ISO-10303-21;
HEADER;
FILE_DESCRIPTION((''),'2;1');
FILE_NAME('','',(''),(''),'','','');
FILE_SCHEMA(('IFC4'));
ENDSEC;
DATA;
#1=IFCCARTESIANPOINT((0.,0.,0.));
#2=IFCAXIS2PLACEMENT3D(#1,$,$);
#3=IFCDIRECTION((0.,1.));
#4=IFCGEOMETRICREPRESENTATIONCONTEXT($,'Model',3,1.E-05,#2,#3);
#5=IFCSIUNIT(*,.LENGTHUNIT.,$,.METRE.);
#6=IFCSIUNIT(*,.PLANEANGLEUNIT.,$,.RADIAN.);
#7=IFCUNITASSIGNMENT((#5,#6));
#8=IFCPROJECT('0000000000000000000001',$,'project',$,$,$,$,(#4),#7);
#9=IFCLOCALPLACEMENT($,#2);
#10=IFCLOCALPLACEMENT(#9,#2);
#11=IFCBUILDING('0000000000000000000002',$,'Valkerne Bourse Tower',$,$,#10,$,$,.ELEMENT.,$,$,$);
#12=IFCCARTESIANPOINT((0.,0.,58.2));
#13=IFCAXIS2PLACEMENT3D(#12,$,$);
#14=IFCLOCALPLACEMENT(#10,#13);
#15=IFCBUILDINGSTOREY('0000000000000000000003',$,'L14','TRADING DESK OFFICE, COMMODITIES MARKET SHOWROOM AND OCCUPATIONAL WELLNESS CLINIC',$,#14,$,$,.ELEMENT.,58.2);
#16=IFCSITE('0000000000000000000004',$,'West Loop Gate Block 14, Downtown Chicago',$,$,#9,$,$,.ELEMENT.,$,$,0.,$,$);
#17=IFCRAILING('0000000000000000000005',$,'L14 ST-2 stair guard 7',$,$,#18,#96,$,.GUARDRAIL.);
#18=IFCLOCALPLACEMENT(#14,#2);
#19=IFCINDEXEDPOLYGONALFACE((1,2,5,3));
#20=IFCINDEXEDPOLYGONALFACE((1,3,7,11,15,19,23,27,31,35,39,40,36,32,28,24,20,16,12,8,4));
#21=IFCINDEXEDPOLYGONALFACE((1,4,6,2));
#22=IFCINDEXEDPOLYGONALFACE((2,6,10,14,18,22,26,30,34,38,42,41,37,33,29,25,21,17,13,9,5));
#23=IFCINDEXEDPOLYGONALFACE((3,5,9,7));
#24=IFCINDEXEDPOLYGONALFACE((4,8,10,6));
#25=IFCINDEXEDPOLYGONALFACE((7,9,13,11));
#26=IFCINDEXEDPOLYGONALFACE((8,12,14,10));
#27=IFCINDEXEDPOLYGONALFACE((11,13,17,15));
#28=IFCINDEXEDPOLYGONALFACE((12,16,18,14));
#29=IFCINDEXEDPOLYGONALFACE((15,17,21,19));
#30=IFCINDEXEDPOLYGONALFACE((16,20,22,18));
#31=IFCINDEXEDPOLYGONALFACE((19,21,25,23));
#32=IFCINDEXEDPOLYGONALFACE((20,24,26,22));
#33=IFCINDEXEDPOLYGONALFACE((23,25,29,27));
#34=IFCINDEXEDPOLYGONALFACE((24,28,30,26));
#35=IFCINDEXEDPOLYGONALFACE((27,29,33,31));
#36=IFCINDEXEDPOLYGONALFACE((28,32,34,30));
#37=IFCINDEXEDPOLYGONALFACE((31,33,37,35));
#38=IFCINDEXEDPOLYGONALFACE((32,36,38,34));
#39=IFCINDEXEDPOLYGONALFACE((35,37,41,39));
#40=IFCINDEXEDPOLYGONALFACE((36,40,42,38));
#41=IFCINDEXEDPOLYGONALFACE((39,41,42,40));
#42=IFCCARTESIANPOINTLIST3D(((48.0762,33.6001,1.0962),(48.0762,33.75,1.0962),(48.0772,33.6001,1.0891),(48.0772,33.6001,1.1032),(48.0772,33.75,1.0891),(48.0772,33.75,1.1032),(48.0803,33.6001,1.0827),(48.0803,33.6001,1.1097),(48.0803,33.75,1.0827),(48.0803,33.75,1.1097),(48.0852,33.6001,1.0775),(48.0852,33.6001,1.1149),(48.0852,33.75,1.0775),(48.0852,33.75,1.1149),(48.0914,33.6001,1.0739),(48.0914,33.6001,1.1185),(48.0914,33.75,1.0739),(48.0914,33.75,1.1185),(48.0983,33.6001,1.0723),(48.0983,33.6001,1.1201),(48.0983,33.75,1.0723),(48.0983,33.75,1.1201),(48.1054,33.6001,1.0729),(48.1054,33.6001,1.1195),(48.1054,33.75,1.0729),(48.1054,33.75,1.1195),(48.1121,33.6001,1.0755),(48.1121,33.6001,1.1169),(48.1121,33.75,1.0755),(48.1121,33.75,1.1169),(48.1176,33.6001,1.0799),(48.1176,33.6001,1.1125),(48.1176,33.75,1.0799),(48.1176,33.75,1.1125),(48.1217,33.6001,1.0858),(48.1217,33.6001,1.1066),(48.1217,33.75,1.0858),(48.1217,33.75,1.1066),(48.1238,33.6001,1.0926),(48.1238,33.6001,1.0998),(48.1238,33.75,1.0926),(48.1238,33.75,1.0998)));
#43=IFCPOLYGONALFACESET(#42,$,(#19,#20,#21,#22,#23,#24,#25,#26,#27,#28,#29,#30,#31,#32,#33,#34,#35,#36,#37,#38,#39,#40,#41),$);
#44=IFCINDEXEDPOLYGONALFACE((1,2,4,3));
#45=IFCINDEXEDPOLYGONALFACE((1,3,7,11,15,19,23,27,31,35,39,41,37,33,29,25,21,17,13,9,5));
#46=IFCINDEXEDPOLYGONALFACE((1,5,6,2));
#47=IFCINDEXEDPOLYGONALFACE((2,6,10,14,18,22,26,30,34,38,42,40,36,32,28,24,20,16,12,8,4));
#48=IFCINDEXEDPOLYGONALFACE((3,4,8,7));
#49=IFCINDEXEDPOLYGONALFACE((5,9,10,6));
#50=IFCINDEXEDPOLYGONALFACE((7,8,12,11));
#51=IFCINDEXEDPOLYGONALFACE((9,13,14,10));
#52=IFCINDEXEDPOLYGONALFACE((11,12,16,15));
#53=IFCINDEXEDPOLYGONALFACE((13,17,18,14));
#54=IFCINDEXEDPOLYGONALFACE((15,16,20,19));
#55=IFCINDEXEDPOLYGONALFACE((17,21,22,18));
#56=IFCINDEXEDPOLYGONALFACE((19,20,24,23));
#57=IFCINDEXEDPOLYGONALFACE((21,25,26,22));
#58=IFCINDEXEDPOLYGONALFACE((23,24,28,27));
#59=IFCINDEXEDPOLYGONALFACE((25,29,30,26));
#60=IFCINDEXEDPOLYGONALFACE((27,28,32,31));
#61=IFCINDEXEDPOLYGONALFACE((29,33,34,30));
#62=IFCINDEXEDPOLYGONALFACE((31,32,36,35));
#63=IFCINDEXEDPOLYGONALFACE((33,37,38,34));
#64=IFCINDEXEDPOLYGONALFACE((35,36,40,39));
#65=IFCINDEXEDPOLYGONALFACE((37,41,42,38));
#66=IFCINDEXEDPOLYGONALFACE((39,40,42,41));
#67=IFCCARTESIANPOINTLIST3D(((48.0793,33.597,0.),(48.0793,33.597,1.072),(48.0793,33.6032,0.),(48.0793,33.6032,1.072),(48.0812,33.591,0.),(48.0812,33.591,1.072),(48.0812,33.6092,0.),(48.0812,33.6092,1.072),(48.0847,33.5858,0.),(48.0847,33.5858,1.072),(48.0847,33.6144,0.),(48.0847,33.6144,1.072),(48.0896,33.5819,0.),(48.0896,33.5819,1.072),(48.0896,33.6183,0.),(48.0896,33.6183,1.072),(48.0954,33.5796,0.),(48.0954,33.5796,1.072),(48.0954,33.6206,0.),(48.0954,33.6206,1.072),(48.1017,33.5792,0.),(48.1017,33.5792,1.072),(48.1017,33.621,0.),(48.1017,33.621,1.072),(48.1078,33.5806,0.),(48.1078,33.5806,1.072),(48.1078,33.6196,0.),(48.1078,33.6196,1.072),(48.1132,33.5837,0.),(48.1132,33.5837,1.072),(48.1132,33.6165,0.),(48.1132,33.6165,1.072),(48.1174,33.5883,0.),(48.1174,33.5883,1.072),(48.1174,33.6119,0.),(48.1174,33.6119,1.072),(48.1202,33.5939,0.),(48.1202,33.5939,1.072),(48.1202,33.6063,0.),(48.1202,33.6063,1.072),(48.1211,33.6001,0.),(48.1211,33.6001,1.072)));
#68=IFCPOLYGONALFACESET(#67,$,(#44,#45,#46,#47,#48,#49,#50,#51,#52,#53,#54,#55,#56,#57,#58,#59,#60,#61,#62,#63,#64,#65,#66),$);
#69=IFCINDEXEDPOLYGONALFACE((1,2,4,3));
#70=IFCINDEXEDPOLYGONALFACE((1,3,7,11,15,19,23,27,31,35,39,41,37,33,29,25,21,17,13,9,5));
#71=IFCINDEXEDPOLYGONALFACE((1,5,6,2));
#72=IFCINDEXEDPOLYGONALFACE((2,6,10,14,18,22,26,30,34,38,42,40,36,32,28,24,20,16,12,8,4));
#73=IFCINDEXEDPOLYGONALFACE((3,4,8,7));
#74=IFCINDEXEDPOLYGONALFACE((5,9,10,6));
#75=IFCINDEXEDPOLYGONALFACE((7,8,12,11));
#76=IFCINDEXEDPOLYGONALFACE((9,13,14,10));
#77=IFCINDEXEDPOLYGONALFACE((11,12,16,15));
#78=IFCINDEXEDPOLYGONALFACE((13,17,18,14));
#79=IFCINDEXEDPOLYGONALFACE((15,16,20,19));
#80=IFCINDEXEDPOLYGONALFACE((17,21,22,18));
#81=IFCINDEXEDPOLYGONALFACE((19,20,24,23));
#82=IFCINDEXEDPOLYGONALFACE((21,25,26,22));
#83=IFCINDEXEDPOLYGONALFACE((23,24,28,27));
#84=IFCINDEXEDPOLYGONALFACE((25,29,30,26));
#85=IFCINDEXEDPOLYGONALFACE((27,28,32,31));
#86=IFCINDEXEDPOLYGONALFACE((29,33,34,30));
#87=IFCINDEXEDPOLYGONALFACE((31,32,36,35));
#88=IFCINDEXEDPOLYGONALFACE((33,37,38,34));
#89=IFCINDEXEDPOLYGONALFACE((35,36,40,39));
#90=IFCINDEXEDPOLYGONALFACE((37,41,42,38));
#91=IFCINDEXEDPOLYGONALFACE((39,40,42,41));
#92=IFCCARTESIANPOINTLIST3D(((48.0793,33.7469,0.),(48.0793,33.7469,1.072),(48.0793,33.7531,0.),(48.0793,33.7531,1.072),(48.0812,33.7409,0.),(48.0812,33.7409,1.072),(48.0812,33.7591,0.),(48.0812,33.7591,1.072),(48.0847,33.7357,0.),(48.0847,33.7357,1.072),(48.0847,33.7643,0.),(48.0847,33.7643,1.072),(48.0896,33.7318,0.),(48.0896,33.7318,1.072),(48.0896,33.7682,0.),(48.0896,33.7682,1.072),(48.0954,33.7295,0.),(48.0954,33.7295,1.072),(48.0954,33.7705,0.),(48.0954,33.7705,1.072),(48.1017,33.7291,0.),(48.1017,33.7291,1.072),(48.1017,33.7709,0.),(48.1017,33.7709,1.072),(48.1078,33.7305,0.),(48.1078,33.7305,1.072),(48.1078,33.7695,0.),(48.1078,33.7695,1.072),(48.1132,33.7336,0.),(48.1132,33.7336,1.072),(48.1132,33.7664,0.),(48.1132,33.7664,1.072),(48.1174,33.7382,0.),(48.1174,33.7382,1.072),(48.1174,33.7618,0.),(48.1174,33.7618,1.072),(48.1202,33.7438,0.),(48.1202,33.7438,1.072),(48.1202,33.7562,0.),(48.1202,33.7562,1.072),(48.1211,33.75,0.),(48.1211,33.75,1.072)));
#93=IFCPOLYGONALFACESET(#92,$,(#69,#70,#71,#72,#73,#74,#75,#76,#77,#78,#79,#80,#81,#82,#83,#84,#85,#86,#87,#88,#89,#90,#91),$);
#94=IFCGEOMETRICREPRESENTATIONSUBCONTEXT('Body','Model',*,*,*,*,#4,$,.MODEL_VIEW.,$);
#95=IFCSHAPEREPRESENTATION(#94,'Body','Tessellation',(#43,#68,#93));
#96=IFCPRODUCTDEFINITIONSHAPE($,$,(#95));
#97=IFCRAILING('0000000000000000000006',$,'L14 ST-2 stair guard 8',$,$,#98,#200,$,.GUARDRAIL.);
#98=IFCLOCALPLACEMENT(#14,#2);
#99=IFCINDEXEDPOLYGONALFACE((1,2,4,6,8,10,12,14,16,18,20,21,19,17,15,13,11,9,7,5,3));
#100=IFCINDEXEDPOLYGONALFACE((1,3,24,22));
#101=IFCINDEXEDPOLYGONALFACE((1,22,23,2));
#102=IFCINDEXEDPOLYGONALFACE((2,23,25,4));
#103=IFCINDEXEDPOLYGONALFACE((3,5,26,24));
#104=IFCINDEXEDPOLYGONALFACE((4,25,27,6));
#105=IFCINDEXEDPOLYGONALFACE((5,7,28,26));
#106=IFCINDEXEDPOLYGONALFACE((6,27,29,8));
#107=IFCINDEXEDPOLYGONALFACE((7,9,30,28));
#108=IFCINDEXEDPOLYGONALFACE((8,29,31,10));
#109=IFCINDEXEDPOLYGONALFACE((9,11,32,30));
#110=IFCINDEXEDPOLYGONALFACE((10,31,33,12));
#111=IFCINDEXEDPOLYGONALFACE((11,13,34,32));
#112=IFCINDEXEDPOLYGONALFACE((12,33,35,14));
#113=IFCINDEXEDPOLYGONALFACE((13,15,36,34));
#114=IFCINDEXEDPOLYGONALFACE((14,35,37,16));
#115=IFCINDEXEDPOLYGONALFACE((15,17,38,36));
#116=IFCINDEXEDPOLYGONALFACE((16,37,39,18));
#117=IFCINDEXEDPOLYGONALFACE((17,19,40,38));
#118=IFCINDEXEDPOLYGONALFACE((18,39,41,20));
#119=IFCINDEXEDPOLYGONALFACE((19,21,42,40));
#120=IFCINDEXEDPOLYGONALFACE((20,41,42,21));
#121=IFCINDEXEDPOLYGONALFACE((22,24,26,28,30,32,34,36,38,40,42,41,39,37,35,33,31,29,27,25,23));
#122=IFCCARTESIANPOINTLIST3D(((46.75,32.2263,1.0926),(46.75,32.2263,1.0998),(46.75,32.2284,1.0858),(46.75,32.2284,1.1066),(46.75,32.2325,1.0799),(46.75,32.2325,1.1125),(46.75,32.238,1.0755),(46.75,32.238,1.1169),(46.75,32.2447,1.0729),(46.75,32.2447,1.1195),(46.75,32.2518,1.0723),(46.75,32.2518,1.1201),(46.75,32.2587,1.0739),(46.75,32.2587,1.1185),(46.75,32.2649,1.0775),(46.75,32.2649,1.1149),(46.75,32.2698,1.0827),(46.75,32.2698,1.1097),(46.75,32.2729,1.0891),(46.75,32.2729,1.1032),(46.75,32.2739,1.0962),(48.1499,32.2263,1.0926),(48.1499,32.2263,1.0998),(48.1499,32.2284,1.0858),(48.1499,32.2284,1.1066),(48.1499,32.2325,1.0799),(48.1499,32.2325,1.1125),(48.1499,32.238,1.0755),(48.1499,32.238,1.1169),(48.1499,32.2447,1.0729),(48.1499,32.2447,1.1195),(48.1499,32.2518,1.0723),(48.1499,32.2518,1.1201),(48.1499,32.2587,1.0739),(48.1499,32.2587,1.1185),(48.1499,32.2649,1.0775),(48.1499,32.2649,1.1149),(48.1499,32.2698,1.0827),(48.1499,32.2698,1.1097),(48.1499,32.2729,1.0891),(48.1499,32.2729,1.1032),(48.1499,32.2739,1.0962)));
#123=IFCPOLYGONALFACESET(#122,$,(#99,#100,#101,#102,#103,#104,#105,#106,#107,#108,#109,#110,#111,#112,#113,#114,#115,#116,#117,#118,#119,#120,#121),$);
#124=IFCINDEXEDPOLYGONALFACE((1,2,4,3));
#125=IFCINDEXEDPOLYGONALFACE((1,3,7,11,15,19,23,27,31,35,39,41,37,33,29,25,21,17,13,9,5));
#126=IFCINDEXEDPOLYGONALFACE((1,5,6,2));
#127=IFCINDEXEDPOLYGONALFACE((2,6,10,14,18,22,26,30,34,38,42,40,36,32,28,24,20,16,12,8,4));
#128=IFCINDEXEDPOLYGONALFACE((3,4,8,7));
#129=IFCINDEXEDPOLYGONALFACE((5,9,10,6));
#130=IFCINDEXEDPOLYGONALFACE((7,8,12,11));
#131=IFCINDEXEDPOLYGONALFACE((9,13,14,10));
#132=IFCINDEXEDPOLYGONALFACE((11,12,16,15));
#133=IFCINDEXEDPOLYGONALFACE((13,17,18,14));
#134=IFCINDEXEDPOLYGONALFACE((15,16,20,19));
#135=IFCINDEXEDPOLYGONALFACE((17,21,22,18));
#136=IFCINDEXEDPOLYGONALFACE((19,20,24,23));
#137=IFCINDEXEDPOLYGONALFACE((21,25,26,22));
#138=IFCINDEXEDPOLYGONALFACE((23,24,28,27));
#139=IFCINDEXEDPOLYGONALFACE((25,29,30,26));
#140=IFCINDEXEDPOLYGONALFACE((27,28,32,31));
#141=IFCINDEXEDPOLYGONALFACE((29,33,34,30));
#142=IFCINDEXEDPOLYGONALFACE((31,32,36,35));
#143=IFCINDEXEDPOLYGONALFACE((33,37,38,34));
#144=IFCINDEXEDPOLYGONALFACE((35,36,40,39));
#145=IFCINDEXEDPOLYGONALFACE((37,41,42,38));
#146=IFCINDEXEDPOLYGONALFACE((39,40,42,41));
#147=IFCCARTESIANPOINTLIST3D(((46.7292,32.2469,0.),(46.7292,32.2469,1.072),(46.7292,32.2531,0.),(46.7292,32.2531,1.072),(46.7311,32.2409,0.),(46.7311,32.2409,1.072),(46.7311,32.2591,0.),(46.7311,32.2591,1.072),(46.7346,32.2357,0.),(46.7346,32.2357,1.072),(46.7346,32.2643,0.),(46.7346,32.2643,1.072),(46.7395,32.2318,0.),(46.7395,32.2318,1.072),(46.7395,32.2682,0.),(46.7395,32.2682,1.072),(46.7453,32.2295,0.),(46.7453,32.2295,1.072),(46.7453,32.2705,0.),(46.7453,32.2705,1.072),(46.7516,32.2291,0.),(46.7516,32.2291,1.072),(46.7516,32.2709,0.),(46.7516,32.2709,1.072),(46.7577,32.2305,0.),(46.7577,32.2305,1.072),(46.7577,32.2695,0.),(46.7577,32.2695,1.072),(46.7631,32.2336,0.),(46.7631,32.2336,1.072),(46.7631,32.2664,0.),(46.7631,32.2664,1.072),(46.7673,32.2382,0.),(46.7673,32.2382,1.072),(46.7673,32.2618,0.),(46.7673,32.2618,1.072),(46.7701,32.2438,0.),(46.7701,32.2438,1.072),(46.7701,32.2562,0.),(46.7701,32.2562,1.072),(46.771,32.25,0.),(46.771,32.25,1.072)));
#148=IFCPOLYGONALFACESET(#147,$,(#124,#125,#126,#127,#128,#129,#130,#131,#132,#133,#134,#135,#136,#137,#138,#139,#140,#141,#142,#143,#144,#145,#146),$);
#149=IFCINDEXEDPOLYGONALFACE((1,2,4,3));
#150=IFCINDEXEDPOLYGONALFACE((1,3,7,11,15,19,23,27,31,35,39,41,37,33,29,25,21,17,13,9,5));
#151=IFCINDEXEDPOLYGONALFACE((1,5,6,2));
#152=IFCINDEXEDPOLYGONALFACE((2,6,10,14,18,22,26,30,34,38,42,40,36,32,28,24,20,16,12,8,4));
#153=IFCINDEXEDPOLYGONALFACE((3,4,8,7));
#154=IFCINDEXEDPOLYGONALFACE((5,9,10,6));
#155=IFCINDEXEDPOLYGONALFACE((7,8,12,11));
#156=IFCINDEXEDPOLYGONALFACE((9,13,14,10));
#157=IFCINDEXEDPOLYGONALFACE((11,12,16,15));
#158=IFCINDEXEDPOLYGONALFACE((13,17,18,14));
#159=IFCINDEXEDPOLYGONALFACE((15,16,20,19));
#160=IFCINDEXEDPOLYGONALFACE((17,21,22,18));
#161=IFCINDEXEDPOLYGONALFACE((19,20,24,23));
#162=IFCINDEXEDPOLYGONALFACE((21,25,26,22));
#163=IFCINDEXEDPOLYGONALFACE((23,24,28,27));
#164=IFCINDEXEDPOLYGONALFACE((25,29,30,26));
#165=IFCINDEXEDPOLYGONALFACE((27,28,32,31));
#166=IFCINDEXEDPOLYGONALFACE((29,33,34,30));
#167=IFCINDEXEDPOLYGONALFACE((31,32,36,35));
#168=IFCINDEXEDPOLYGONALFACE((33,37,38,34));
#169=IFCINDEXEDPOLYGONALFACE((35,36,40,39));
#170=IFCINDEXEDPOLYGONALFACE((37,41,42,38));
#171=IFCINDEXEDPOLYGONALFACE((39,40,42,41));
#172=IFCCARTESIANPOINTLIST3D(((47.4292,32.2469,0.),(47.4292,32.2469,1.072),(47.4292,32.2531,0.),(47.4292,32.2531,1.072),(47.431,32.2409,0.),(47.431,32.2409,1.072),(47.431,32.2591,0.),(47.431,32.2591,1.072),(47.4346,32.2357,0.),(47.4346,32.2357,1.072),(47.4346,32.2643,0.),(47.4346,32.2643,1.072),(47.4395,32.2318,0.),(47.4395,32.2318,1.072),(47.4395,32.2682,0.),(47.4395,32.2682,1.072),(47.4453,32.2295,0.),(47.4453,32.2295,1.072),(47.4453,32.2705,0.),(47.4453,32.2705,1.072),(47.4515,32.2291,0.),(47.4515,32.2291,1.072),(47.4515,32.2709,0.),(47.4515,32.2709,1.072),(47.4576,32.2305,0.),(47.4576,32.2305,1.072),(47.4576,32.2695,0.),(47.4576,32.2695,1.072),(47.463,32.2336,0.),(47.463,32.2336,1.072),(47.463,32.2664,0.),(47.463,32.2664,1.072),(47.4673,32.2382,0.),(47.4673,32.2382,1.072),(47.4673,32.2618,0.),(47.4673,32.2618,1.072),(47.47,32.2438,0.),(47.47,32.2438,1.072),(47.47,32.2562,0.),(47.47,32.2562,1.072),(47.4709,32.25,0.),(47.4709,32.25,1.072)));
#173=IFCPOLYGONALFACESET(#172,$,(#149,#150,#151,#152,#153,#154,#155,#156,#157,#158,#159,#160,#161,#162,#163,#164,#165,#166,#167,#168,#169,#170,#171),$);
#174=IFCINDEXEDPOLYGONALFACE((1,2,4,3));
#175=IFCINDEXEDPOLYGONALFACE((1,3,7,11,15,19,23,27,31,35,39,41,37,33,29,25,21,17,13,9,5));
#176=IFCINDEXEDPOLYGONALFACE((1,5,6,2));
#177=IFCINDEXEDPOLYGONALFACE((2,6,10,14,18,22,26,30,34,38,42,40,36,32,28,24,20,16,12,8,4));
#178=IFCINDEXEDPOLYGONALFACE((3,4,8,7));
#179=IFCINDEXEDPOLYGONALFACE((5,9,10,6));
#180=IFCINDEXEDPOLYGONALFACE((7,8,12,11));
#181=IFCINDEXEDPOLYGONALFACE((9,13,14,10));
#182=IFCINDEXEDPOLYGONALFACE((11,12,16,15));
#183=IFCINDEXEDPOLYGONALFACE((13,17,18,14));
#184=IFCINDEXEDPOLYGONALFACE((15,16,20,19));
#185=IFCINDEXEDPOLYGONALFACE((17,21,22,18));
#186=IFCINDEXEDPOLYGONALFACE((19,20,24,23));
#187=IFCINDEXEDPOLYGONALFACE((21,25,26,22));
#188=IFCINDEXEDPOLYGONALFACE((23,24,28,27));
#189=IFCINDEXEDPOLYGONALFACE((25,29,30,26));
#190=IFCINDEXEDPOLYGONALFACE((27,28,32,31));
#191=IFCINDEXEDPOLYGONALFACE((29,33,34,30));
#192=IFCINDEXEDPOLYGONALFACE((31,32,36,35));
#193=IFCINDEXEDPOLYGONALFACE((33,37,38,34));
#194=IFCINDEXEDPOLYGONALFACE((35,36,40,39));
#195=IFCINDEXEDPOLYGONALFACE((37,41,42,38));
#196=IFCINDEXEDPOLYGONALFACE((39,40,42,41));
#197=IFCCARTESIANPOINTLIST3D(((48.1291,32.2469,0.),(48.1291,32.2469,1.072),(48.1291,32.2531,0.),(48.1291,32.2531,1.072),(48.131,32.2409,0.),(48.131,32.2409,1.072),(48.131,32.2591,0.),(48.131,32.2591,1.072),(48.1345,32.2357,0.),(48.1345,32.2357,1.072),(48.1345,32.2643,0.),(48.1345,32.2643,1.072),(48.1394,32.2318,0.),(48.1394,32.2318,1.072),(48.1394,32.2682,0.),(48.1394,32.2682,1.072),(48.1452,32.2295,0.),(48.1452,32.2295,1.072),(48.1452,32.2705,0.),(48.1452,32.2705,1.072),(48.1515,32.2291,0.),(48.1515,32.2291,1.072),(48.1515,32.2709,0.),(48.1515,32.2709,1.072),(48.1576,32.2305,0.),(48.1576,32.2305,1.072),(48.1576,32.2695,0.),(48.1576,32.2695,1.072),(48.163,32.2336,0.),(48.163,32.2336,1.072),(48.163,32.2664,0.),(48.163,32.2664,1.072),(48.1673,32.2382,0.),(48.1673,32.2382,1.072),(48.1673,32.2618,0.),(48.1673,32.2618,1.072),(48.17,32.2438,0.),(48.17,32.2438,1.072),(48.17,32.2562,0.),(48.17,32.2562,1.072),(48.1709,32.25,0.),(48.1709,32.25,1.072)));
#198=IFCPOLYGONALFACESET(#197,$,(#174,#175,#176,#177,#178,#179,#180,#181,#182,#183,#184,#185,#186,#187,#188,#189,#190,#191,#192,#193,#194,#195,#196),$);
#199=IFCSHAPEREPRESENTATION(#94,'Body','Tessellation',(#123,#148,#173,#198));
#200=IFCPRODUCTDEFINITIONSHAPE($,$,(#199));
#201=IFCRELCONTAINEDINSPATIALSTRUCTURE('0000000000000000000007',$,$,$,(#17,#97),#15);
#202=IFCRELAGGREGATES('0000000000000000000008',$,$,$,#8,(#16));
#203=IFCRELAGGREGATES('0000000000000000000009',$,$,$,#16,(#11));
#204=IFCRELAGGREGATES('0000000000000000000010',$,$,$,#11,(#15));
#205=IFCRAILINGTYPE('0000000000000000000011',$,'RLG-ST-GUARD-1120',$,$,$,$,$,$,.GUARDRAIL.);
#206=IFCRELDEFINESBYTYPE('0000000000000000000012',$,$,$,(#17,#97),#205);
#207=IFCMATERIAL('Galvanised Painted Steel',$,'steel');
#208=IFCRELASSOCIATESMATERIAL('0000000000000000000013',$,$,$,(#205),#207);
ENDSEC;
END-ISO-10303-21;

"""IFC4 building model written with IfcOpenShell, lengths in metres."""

from ifc_helpers import new_model, si_unit, direction, frame, origin, origin_2d, place, context, subcontext, project, spatial, circle, extrude, material, type_object, element, save


model = new_model("IFC4")

# Units and contexts
model_context = context("Model", 3, precision=1e-05, world=origin(), true_north=direction((0.0, 1.0)))
body_context = subcontext(model_context, "Body", "Model", "MODEL_VIEW")
ifc_project = project(units=[si_unit("LENGTHUNIT", "METRE"), si_unit("PLANEANGLEUNIT", "RADIAN")], contexts=[model_context])

# Site, building, storey
site_placement = place(None, origin())
site = spatial("IfcSite", under=ifc_project, at=site_placement, Name="West Loop Gate Block 14, Downtown Chicago", CompositionType="ELEMENT", RefElevation=0.0)
building_placement = place(site_placement, origin())
building = spatial("IfcBuilding", under=site, at=building_placement, Name="Valkerne Bourse Tower", CompositionType="ELEMENT")
storey_placement = place(building_placement, frame((0.0, 0.0, 58.2)))
storey = spatial("IfcBuildingStorey", under=building, at=storey_placement, Name="L14", Description="TRADING DESK OFFICE, COMMODITIES MARKET SHOWROOM AND OCCUPATIONAL WELLNESS CLINIC", CompositionType="ELEMENT", Elevation=58.2)

# Shared definitions
ifc_material_1 = material(Name="Galvanised Painted Steel", Category="steel")

# Railings
railing_type_1 = type_object("IfcRailingType", Name="RLG-ST-GUARD-1120", PredefinedType="GUARDRAIL", material=ifc_material_1)
railing_1_placement = place(storey_placement, frame((48.1001, 33.6001, 0.0)))
element("IfcRailing", 1, at=railing_1_placement, inside=storey, type_object=railing_type_1, Name="L14 ST-2 stair guard 7", PredefinedType="GUARDRAIL", context=body_context, shape_type="SweptSolid", body=[
    extrude(circle(Radius=0.0239, at=origin_2d()), frame((0.0, 0.0, 1.0962), z_axis=(0.0, 1.0, 0.0), x_axis=(-1.0, 0.0, 0.0)), (0.0, 0.0, 1.0), 0.1499),
    extrude(circle(Radius=0.021, at=origin_2d()), origin(), (0.0, 0.0, 1.0), 1.072),
    extrude(circle(Radius=0.021, at=origin_2d()), frame((0.0, 0.1499, 0.0)), (0.0, 0.0, 1.0), 1.072),
])
for number, where, name in (
    (2, (46.75, 32.25, 0.0), "L14 ST-2 stair guard 8"),
):
    element("IfcRailing", number, at=place(storey_placement, frame(where)), inside=storey, type_object=railing_type_1, Name=name, PredefinedType="GUARDRAIL", context=body_context, shape_type="SweptSolid", body=[
        extrude(circle(Radius=0.0239, at=origin_2d()), frame((0.0, 0.0, 1.0962), z_axis=(1.0, 0.0, 0.0), x_axis=(0.0, 1.0, 0.0)), (0.0, 0.0, 1.0), 1.3999),
        extrude(circle(Radius=0.021, at=origin_2d()), origin(), (0.0, 0.0, 1.0), 1.072),
        extrude(circle(Radius=0.021, at=origin_2d()), frame((0.7, 0.0, 0.0)), (0.0, 0.0, 1.0), 1.072),
        extrude(circle(Radius=0.021, at=origin_2d()), frame((1.3999, 0.0, 0.0)), (0.0, 0.0, 1.0), 1.072),
    ])

save(model, "model.ifc")
